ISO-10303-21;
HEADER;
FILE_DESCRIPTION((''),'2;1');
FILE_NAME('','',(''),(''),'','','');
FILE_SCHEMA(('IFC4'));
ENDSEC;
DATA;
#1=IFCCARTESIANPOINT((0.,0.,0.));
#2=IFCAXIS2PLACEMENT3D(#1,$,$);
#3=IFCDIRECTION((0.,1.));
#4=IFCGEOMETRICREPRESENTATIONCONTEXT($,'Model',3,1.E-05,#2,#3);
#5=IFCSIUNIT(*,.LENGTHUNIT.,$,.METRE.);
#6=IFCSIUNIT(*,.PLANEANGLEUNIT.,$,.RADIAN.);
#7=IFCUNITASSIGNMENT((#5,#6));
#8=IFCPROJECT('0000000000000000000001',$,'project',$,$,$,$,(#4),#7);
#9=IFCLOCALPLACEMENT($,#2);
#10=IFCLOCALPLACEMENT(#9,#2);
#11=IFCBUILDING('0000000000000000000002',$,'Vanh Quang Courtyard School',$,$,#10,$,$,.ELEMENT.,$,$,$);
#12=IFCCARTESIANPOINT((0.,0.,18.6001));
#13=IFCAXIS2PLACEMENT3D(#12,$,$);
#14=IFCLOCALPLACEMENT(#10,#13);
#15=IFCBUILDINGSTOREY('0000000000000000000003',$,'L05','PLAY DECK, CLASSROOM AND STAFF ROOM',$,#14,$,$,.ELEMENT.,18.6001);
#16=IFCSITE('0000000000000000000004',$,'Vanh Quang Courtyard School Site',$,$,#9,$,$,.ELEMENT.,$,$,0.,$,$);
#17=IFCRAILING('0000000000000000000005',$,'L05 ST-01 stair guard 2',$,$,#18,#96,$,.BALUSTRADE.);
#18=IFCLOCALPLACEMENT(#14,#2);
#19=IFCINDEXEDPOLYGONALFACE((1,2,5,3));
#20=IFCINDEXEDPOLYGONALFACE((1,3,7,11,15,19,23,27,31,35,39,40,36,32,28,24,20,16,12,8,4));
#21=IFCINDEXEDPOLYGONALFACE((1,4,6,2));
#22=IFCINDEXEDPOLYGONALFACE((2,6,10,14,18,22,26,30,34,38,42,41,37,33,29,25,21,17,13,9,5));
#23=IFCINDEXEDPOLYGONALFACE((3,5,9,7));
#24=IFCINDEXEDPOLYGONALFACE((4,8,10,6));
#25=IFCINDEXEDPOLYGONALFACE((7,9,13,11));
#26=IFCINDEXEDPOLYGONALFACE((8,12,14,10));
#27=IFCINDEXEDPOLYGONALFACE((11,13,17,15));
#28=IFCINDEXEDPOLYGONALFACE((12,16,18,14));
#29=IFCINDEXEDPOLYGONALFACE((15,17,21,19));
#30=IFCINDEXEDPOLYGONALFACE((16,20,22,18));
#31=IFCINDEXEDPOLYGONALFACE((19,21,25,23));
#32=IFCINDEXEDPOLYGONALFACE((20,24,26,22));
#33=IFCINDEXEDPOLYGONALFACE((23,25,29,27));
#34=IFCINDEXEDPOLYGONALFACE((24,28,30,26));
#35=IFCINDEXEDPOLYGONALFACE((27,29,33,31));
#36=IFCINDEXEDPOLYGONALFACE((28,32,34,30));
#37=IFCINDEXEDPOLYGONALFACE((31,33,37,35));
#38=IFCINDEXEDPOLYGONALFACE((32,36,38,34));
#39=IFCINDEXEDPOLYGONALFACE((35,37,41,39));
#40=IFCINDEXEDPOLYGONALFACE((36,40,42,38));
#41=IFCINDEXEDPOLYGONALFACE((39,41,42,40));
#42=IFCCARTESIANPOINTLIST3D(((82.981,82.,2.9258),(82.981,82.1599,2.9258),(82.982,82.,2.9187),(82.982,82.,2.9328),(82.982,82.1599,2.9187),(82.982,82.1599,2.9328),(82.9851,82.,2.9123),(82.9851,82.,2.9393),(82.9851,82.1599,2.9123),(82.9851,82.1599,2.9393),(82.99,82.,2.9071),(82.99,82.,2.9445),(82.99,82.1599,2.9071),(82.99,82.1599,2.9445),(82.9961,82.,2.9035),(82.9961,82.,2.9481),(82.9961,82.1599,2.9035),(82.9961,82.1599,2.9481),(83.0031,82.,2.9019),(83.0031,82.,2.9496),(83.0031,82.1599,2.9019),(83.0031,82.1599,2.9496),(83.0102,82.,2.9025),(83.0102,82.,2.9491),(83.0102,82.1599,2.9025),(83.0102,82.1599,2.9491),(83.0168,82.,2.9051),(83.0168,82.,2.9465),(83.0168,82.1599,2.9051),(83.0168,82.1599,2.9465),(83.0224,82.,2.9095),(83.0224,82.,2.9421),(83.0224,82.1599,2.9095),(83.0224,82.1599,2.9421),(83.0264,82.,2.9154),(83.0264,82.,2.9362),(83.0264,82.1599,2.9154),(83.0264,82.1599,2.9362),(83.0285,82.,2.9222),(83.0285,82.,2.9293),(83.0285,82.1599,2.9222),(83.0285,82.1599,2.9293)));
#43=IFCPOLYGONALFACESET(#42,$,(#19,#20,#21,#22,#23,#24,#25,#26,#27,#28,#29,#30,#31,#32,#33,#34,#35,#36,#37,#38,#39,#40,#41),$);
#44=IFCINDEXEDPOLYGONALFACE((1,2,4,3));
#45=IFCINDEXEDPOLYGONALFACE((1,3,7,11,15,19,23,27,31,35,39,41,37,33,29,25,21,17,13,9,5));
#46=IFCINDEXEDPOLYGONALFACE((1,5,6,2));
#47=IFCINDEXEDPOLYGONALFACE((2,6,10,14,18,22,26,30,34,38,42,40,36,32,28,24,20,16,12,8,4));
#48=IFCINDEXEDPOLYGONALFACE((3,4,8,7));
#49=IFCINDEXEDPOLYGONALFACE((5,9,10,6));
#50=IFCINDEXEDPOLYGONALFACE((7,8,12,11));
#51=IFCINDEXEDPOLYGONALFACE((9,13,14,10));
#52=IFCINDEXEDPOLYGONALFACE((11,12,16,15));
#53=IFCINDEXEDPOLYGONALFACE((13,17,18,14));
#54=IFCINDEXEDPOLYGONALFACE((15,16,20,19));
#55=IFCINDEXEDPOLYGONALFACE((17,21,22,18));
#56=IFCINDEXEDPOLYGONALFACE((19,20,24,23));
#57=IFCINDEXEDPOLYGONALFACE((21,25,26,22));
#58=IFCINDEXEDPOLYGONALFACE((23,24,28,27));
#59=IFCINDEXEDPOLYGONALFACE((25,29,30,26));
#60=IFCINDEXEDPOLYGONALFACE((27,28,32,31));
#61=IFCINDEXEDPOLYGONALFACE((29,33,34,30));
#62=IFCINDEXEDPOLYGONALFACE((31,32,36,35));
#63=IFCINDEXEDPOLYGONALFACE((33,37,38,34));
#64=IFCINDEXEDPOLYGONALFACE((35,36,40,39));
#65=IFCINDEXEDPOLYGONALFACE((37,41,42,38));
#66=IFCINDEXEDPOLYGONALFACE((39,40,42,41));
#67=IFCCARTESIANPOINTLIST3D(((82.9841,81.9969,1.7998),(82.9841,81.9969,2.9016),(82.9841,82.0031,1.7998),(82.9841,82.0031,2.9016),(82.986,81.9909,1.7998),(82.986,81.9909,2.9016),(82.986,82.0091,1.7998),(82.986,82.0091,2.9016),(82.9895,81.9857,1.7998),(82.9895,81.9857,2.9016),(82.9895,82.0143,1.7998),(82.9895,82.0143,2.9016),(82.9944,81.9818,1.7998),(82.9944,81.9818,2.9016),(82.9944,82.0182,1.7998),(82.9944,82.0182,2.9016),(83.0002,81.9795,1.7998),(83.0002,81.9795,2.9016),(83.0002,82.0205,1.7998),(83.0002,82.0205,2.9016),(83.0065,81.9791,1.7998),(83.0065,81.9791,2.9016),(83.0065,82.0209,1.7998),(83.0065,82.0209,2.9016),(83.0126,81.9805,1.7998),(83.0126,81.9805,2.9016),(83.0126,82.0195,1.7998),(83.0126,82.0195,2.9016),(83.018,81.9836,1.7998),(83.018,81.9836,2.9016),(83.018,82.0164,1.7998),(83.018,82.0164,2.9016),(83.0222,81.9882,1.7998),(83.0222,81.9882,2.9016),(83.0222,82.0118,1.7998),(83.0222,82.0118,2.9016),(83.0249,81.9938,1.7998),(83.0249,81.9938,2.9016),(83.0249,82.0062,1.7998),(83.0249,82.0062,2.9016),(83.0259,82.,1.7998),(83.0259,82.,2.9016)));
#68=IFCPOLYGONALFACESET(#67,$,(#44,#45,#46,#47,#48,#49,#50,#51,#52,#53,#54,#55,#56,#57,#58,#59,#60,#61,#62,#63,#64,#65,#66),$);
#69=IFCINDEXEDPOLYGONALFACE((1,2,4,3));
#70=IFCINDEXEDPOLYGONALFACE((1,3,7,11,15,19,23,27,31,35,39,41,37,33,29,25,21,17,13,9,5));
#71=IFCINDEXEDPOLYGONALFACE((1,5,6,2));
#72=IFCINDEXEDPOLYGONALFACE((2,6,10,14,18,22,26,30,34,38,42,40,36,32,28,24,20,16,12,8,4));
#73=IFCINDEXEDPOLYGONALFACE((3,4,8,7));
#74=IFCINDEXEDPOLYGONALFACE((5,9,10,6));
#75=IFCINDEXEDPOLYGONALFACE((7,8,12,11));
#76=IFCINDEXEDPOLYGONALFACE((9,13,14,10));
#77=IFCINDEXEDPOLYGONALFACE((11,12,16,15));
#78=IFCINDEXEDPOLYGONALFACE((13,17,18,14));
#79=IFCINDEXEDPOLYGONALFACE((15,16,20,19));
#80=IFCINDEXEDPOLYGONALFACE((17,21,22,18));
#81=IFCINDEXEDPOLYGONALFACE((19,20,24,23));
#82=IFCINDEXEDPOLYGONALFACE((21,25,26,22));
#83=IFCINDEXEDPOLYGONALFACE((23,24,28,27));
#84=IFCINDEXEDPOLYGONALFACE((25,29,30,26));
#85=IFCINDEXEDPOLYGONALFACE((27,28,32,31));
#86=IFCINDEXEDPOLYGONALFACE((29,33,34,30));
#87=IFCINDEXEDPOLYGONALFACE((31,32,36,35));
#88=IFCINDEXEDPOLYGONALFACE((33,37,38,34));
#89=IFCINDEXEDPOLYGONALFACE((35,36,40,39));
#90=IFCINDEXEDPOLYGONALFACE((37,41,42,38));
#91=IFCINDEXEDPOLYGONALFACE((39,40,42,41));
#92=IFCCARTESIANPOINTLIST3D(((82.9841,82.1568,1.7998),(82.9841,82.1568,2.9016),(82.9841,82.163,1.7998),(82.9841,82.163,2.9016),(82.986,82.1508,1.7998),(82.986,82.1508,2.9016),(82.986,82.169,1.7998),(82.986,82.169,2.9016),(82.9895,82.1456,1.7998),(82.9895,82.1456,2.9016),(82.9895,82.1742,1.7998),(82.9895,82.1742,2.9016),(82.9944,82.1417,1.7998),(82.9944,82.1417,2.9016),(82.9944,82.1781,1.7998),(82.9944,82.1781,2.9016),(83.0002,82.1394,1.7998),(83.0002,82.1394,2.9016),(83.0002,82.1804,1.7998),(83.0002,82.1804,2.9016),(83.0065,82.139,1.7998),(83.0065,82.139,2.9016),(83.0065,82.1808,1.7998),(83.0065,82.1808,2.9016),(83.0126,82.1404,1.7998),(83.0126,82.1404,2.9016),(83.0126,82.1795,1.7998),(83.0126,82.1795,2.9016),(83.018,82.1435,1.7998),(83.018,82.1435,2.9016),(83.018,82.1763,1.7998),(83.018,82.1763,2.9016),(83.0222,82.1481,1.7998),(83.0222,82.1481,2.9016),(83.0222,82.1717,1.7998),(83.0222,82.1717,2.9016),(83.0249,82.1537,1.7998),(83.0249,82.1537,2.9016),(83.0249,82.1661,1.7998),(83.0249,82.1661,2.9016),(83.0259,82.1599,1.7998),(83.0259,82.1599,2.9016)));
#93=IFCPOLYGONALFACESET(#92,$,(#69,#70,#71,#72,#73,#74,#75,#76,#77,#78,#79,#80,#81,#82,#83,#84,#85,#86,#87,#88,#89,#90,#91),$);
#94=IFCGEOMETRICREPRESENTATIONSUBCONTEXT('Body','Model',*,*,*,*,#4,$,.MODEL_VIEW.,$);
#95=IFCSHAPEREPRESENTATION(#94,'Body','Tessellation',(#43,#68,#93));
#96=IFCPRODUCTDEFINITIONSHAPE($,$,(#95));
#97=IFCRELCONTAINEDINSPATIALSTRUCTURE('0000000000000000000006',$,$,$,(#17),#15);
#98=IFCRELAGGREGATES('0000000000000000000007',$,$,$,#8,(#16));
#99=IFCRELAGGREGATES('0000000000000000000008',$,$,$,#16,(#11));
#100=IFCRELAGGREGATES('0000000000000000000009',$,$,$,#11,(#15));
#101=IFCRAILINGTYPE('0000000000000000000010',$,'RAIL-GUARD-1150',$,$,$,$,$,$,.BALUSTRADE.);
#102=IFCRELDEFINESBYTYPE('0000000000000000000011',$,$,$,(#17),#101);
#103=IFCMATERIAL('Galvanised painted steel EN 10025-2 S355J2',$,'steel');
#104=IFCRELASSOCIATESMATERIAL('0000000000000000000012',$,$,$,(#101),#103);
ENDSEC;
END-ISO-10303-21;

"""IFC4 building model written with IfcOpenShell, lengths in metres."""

from ifc_helpers import new_model, si_unit, direction, frame, origin, origin_2d, place, context, subcontext, project, spatial, circle, extrude, material, type_object, element, save


model = new_model("IFC4")

# Units and contexts
model_context = context("Model", 3, precision=1e-05, world=origin(), true_north=direction((0.0, 1.0)))
body_context = subcontext(model_context, "Body", "Model", "MODEL_VIEW")
ifc_project = project(units=[si_unit("LENGTHUNIT", "METRE"), si_unit("PLANEANGLEUNIT", "RADIAN")], contexts=[model_context])

# Site, building, storey
site_placement = place(None, origin())
site = spatial("IfcSite", under=ifc_project, at=site_placement, Name="Vanh Quang Courtyard School Site", CompositionType="ELEMENT", RefElevation=0.0)
building_placement = place(site_placement, origin())
building = spatial("IfcBuilding", under=site, at=building_placement, Name="Vanh Quang Courtyard School", CompositionType="ELEMENT")
storey_placement = place(building_placement, frame((0.0, 0.0, 18.6001)))
storey = spatial("IfcBuildingStorey", under=building, at=storey_placement, Name="L05", Description="PLAY DECK, CLASSROOM AND STAFF ROOM", CompositionType="ELEMENT", Elevation=18.6001)

# Railing
ifc_material_1 = material(Name="Galvanised painted steel EN 10025-2 S355J2", Category="steel")
railing_type_1 = type_object("IfcRailingType", Name="RAIL-GUARD-1150", PredefinedType="BALUSTRADE", material=ifc_material_1)
railing_1_placement = place(storey_placement, frame((83.0049, 82.0, 1.7998)))
element("IfcRailing", 1, at=railing_1_placement, inside=storey, type_object=railing_type_1, Name="L05 ST-01 stair guard 2", PredefinedType="BALUSTRADE", context=body_context, shape_type="SweptSolid", body=[
    extrude(circle(Radius=0.0239, at=origin_2d()), frame((0.0, 0.0, 1.126), z_axis=(0.0, 1.0, 0.0), x_axis=(-1.0, 0.0, 0.0)), (0.0, 0.0, 1.0), 0.1599),
    extrude(circle(Radius=0.021, at=origin_2d()), origin(), (0.0, 0.0, 1.0), 1.1018),
    extrude(circle(Radius=0.021, at=origin_2d()), frame((0.0, 0.1599, 0.0)), (0.0, 0.0, 1.0), 1.1018),
])

save(model, "model.ifc")
